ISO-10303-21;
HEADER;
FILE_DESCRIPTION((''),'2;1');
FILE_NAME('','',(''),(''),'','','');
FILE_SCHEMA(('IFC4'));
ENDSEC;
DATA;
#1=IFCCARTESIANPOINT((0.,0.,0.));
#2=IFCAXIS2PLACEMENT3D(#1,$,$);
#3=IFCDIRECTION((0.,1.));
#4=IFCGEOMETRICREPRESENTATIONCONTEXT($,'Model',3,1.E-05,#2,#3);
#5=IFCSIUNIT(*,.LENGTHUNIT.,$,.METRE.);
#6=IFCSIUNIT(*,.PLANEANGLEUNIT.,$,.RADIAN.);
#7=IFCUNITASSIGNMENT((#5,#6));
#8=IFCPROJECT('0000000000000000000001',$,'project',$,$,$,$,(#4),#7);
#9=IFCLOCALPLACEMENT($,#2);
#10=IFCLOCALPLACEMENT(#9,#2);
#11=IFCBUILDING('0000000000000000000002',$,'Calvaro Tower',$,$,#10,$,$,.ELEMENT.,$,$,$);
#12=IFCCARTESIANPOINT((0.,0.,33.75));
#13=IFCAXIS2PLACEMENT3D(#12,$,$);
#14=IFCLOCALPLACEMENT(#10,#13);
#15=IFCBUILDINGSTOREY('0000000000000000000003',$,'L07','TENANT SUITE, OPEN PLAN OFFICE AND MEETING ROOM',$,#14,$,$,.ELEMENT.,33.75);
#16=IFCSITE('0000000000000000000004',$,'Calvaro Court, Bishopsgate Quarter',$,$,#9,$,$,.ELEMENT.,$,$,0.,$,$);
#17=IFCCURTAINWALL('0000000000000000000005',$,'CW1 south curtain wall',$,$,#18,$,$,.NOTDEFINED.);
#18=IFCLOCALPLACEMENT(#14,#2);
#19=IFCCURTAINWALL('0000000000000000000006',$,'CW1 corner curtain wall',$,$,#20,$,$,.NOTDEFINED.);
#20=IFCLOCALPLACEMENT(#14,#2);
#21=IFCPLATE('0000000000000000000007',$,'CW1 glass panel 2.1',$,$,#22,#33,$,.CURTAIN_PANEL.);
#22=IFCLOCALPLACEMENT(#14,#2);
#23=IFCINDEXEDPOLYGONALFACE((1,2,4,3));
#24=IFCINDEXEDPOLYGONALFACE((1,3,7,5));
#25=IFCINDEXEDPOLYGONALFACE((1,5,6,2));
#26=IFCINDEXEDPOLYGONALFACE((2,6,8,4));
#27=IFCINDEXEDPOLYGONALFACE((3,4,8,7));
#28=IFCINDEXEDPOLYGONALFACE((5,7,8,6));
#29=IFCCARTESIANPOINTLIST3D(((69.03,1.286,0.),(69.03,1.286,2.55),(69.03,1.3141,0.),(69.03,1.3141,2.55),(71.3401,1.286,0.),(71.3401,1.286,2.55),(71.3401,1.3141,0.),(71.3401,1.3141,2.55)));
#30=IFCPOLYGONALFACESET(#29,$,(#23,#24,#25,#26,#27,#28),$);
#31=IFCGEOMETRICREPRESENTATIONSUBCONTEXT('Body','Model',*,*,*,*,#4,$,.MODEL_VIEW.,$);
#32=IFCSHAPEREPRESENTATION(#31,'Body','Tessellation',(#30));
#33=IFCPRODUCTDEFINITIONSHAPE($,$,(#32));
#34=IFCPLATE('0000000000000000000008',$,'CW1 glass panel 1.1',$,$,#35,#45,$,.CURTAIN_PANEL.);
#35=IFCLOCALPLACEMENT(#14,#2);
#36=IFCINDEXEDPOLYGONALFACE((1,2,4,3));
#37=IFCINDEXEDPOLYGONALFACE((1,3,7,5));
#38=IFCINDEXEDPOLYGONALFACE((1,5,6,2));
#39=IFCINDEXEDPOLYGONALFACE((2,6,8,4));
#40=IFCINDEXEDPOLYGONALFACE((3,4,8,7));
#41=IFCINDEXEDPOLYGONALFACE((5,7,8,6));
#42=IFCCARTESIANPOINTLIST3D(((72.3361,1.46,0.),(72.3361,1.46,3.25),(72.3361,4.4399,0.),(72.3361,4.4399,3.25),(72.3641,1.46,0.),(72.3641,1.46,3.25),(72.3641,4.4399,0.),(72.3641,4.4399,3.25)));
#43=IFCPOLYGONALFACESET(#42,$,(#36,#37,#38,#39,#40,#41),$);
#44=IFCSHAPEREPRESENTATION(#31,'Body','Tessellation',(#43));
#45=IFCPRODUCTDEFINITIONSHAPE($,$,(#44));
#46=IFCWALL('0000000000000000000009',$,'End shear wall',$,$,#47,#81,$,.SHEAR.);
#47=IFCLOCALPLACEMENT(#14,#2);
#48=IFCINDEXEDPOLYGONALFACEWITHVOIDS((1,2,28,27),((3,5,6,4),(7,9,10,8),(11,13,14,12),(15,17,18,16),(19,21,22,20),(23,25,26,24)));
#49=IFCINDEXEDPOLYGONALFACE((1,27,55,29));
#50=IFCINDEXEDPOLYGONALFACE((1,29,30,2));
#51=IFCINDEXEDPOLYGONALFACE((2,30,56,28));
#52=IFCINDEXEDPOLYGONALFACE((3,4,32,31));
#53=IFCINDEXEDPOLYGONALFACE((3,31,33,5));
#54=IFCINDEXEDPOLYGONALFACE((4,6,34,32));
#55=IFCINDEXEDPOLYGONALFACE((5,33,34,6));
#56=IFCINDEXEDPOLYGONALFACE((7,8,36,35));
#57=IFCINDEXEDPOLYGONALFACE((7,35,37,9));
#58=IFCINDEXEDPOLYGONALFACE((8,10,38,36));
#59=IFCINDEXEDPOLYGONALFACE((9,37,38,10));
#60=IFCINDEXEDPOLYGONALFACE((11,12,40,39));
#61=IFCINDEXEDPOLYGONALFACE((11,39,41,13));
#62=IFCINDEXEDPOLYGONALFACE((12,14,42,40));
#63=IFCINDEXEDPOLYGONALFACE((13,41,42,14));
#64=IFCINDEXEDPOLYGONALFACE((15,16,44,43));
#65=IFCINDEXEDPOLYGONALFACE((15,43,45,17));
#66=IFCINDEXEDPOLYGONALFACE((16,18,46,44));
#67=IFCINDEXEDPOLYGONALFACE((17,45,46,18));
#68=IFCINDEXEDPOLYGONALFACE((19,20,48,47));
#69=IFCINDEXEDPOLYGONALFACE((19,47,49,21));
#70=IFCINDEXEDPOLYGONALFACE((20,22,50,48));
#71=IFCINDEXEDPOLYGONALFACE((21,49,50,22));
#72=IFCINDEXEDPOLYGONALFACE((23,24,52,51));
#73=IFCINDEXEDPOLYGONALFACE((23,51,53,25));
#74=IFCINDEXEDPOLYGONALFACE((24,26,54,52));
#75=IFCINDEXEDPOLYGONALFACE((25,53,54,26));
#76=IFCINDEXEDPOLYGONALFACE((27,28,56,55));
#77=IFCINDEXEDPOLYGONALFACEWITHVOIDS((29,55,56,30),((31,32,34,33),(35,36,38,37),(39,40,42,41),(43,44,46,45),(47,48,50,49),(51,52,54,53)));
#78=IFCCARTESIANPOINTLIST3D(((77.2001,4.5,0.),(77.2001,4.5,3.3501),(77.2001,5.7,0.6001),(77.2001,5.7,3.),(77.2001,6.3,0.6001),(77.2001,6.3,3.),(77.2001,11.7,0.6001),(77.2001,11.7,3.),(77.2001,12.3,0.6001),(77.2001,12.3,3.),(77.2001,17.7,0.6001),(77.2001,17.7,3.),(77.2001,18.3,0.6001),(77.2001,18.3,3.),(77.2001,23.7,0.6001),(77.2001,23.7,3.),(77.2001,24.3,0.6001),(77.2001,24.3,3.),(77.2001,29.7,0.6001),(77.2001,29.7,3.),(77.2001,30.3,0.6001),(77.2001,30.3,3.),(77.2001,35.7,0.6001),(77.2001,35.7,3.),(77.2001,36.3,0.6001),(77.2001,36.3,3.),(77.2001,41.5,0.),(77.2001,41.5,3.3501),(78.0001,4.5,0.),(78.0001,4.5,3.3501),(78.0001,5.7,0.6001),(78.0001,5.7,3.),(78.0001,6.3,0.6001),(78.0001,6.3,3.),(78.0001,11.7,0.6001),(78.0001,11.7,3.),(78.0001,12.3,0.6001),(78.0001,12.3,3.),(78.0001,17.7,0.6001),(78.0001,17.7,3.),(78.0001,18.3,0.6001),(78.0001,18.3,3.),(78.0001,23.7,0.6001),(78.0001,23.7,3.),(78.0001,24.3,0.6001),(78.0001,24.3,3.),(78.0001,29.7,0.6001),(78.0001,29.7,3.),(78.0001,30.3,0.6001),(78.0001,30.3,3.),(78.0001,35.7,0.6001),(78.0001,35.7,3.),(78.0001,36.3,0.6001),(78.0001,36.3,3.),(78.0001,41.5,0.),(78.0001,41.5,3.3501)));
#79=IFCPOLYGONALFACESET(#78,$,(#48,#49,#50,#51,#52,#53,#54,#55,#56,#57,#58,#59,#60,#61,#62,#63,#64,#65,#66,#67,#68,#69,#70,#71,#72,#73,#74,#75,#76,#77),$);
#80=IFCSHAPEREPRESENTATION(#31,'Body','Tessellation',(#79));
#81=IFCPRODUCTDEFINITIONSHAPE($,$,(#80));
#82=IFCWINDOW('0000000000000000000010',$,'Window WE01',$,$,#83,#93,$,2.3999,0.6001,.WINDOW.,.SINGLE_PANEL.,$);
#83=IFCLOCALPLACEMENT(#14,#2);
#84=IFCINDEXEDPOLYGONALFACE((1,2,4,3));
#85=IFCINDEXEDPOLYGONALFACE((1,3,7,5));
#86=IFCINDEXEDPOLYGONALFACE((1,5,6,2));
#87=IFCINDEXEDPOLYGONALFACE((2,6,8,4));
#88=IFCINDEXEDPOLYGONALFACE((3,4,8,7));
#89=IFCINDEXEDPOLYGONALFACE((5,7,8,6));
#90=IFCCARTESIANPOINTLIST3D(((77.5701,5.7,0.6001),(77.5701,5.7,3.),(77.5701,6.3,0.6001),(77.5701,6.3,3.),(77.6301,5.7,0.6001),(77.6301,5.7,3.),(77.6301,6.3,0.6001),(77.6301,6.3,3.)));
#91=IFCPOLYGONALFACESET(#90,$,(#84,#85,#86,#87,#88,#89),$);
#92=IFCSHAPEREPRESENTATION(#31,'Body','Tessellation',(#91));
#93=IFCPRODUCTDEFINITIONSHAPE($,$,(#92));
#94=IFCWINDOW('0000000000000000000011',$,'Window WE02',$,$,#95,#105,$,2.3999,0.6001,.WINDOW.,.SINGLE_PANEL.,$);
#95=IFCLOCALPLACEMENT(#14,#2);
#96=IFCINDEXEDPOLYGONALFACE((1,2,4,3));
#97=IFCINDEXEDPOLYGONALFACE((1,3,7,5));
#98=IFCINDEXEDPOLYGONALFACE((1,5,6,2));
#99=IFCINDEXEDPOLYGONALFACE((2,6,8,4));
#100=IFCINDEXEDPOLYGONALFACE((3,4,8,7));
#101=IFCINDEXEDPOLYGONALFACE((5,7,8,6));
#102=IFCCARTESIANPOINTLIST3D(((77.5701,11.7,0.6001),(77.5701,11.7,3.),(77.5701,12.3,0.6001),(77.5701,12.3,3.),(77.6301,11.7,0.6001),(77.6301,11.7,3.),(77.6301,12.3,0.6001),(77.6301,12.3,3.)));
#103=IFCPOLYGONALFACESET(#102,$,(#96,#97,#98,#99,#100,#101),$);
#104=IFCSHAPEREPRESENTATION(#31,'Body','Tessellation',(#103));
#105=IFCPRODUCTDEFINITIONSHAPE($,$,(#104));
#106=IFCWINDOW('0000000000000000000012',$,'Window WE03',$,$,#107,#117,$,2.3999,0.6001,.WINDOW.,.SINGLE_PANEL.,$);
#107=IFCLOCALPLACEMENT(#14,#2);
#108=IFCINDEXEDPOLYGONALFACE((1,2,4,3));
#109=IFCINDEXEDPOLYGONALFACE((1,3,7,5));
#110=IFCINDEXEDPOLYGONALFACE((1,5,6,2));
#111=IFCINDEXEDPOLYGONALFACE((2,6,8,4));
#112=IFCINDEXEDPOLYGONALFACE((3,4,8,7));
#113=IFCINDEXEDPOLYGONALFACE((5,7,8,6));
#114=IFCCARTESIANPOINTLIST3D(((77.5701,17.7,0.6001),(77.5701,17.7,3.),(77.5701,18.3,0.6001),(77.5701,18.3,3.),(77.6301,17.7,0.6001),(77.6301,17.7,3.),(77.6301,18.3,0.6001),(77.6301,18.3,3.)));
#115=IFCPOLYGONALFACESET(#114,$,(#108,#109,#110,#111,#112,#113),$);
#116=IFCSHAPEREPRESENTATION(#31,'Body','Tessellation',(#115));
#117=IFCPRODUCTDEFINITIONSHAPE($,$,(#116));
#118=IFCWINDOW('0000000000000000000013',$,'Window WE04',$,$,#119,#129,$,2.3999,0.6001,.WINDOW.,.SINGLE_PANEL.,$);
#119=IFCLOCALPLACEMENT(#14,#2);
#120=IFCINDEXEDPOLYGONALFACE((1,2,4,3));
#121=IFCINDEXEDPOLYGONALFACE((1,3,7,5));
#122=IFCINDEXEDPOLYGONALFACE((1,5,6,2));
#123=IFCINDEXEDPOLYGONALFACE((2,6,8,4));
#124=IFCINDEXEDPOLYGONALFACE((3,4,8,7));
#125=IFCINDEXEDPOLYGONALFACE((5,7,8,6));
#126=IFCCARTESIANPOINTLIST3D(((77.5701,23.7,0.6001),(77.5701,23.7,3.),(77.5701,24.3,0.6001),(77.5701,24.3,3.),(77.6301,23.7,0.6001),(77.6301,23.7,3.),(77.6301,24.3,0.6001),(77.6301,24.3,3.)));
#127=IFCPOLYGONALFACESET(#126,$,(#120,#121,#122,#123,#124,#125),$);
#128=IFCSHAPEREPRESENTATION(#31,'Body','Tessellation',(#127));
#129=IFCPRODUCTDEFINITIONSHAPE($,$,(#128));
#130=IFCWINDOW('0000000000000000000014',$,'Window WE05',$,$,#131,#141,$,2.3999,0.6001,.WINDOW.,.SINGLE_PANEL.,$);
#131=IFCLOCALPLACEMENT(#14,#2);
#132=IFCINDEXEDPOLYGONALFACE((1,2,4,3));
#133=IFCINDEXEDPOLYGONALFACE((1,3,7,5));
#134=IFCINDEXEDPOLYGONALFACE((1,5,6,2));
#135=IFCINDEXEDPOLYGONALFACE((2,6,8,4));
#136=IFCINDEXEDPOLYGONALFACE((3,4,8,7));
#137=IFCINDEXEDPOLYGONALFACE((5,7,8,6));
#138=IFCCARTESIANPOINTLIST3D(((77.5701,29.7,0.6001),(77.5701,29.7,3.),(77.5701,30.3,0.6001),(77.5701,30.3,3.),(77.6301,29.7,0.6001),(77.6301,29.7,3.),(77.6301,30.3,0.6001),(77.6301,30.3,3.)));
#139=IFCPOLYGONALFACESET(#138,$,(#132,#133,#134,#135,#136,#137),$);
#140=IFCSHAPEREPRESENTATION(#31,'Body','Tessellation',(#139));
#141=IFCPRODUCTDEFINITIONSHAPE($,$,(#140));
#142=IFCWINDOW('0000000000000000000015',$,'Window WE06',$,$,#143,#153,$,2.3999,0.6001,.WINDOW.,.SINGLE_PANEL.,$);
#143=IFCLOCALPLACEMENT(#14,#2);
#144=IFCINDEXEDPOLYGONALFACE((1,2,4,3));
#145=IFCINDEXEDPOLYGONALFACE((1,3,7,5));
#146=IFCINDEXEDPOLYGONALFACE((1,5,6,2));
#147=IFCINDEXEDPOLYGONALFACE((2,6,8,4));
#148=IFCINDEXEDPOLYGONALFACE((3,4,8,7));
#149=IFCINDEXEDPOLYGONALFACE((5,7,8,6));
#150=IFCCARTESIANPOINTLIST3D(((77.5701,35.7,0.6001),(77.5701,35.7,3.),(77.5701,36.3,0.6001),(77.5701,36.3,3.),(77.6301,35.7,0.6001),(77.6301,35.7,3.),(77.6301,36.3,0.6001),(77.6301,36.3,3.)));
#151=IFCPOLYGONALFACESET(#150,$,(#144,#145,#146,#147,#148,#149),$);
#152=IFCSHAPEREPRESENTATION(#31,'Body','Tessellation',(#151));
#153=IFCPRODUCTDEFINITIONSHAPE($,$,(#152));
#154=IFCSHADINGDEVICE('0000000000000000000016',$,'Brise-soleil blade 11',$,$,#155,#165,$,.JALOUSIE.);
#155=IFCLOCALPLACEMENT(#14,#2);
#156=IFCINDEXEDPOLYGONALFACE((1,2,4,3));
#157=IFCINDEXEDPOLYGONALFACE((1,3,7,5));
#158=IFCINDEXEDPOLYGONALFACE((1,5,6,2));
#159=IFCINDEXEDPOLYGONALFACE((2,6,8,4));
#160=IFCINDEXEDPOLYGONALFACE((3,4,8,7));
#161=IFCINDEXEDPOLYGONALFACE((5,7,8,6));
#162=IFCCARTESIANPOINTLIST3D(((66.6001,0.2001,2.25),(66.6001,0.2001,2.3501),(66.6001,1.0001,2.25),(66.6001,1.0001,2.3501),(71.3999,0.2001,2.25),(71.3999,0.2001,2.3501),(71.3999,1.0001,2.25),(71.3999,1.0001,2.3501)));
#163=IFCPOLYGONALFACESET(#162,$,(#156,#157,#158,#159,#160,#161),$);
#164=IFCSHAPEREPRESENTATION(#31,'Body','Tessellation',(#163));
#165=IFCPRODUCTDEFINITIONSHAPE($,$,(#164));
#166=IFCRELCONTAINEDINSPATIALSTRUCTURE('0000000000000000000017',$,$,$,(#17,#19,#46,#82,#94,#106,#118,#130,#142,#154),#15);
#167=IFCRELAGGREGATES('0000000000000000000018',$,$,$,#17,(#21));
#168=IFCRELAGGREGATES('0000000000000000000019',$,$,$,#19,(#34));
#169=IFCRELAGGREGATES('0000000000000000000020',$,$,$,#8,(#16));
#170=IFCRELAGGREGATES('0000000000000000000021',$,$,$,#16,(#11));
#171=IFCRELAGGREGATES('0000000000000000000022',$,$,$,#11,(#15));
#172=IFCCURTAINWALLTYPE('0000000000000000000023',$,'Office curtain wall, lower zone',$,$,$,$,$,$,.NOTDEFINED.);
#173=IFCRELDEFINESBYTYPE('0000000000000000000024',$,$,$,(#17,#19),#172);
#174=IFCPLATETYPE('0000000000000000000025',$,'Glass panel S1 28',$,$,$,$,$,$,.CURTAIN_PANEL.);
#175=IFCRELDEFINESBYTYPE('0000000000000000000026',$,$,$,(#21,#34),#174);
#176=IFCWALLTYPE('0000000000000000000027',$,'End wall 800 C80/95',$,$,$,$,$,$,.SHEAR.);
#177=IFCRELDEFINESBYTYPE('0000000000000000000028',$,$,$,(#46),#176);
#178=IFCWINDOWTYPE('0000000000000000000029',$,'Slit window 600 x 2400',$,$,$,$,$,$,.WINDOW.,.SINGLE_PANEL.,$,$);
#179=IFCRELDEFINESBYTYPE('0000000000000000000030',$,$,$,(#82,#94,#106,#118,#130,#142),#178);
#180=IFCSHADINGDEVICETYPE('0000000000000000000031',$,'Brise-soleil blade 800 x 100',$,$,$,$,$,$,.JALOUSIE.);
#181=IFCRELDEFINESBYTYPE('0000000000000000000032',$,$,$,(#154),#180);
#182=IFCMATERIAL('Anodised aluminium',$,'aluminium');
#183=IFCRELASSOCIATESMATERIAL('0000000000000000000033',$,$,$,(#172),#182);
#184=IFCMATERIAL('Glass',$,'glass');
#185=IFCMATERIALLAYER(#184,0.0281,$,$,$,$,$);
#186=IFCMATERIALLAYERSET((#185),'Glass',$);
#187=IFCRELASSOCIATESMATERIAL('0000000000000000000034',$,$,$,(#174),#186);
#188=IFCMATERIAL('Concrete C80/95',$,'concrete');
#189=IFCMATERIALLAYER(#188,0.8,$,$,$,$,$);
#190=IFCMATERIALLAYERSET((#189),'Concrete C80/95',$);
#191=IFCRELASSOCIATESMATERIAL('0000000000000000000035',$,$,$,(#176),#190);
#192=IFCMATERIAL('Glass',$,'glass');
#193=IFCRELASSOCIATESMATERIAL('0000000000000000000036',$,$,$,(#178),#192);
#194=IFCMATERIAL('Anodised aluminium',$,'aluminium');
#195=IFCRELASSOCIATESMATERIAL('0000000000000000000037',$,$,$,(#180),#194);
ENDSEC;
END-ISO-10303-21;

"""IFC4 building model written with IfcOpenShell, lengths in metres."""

from ifc_helpers import new_model, si_unit, direction, frame, frame_2d, origin, origin_2d, place, context, subcontext, project, spatial, rectangle, extrude, material, layer, layer_set, material_profile, profile_set, type_object, element, fill, aggregate, save


model = new_model("IFC4")

# Units and contexts
model_context = context("Model", 3, precision=1e-05, world=origin(), true_north=direction((0.0, 1.0)))
body_context = subcontext(model_context, "Body", "Model", "MODEL_VIEW")
ifc_project = project(units=[si_unit("LENGTHUNIT", "METRE"), si_unit("PLANEANGLEUNIT", "RADIAN")], contexts=[model_context])

# Site, building, storey
site_placement = place(None, origin())
site = spatial("IfcSite", under=ifc_project, at=site_placement, Name="Calvaro Court, Bishopsgate Quarter", CompositionType="ELEMENT", RefElevation=0.0)
building_placement = place(site_placement, origin())
building = spatial("IfcBuilding", under=site, at=building_placement, Name="Calvaro Tower", CompositionType="ELEMENT")
storey_placement = place(building_placement, frame((0.0, 0.0, 33.75)))
storey = spatial("IfcBuildingStorey", under=building, at=storey_placement, Name="L07", Description="TENANT SUITE, OPEN PLAN OFFICE AND MEETING ROOM", CompositionType="ELEMENT", Elevation=33.75)

# Shared definitions
ifc_material_1 = material(Name="Anodised aluminium", Category="aluminium")
curtain_wall_type = type_object("IfcCurtainWallType", Name="Office curtain wall, lower zone", PredefinedType="NOTDEFINED", material=ifc_material_1)

# Curtain walls
curtain_wall_1_placement = place(storey_placement, origin())
curtain_wall_1 = element("IfcCurtainWall", 1, at=curtain_wall_1_placement, inside=storey, type_object=curtain_wall_type, Name="CW1 south curtain wall", PredefinedType="NOTDEFINED")
curtain_wall_2_placement = place(storey_placement, origin())
curtain_wall_2 = element("IfcCurtainWall", 2, at=curtain_wall_2_placement, inside=storey, type_object=curtain_wall_type, Name="CW1 corner curtain wall", PredefinedType="NOTDEFINED")

# Plates
ifc_material_2 = material(Name="Glass", Category="glass")
ifc_layer_1 = layer(ifc_material_2, 0.0281)
ifc_layer_set_1 = layer_set([ifc_layer_1], Name="Glass")
plate_type = type_object("IfcPlateType", Name="Glass panel S1 28", PredefinedType="CURTAIN_PANEL", material=ifc_layer_set_1)
plate_1_placement = place(storey_placement, frame((70.1851, 1.3, 0.0), z_axis=(0.0, 0.0, 1.0), x_axis=(1.0, 0.0, 0.0)))
plate_1 = element("IfcPlate", 3, at=plate_1_placement, type_object=plate_type, Name="CW1 glass panel 2.1", PredefinedType="CURTAIN_PANEL", context=body_context, shape_type="SweptSolid", body=[
    extrude(rectangle(XDim=2.3101, YDim=0.0281, at=origin_2d()), origin(), (0.0, 0.0, 1.0), 2.55),
])
aggregate(curtain_wall_1, [plate_1])
plate_2_placement = place(storey_placement, frame((72.3501, 2.95, 0.0), z_axis=(0.0, 0.0, 1.0), x_axis=(0.0, 1.0, 0.0)))
plate_2 = element("IfcPlate", 4, at=plate_2_placement, type_object=plate_type, Name="CW1 glass panel 1.1", PredefinedType="CURTAIN_PANEL", context=body_context, shape_type="SweptSolid", body=[
    extrude(rectangle(XDim=2.98, YDim=0.0281, at=origin_2d()), origin(), (0.0, 0.0, 1.0), 3.25),
])
aggregate(curtain_wall_2, [plate_2])

# Wall, openings, windows
ifc_material_3 = material(Name="Concrete C80/95", Category="concrete")
ifc_layer_2 = layer(ifc_material_3, 0.8)
ifc_layer_set_2 = layer_set([ifc_layer_2], Name="Concrete C80/95")
wall_type = type_object("IfcWallType", Name="End wall 800 C80/95", PredefinedType="SHEAR", material=ifc_layer_set_2)
wall_placement = place(storey_placement, frame((77.6001, 4.5, 0.0), z_axis=(0.0, 0.0, 1.0), x_axis=(0.0, 1.0, 0.0)))
wall = element("IfcWall", 5, at=wall_placement, inside=storey, type_object=wall_type, Name="End shear wall", PredefinedType="SHEAR", context=body_context, shape_type="SweptSolid", body=[
    extrude(rectangle(XDim=37.0, YDim=0.8, at=frame_2d((18.5, 0.0))), origin(), (0.0, 0.0, 1.0), 3.3501),
])
opening_1_placement = place(wall_placement, frame((1.2, 0.0, 0.6001)))
opening_1 = element("IfcOpeningElement", 6, at=opening_1_placement, cuts=wall, PredefinedType="OPENING", context=body_context, shape_type="SweptSolid", body=[
    extrude(rectangle(XDim=0.6001, YDim=2.3999, at=frame_2d((0.3, 1.2))), frame((0.0, 0.4099, 0.0), z_axis=(0.0, -1.0, 0.0), x_axis=(1.0, 0.0, 0.0)), (0.0, 0.0, 1.0), 0.8201),
])
opening_2_placement = place(wall_placement, frame((7.2, 0.0, 0.6001)))
opening_2 = element("IfcOpeningElement", 7, at=opening_2_placement, cuts=wall, PredefinedType="OPENING", context=body_context, shape_type="SweptSolid", body=[
    extrude(rectangle(XDim=0.6001, YDim=2.3999, at=frame_2d((0.3, 1.2))), frame((0.0, 0.4099, 0.0), z_axis=(0.0, -1.0, 0.0), x_axis=(1.0, 0.0, 0.0)), (0.0, 0.0, 1.0), 0.8201),
])
opening_3_placement = place(wall_placement, frame((13.2, 0.0, 0.6001)))
opening_3 = element("IfcOpeningElement", 8, at=opening_3_placement, cuts=wall, PredefinedType="OPENING", context=body_context, shape_type="SweptSolid", body=[
    extrude(rectangle(XDim=0.6001, YDim=2.3999, at=frame_2d((0.3, 1.2))), frame((0.0, 0.4099, 0.0), z_axis=(0.0, -1.0, 0.0), x_axis=(1.0, 0.0, 0.0)), (0.0, 0.0, 1.0), 0.8201),
])
opening_4_placement = place(wall_placement, frame((19.2, 0.0, 0.6001)))
opening_4 = element("IfcOpeningElement", 9, at=opening_4_placement, cuts=wall, PredefinedType="OPENING", context=body_context, shape_type="SweptSolid", body=[
    extrude(rectangle(XDim=0.6001, YDim=2.3999, at=frame_2d((0.3, 1.2))), frame((0.0, 0.4099, 0.0), z_axis=(0.0, -1.0, 0.0), x_axis=(1.0, 0.0, 0.0)), (0.0, 0.0, 1.0), 0.8201),
])
opening_5_placement = place(wall_placement, frame((25.2, 0.0, 0.6001)))
opening_5 = element("IfcOpeningElement", 10, at=opening_5_placement, cuts=wall, PredefinedType="OPENING", context=body_context, shape_type="SweptSolid", body=[
    extrude(rectangle(XDim=0.6001, YDim=2.3999, at=frame_2d((0.3, 1.2))), frame((0.0, 0.4099, 0.0), z_axis=(0.0, -1.0, 0.0), x_axis=(1.0, 0.0, 0.0)), (0.0, 0.0, 1.0), 0.8201),
])
opening_6_placement = place(wall_placement, frame((31.2, 0.0, 0.6001)))
opening_6 = element("IfcOpeningElement", 11, at=opening_6_placement, cuts=wall, PredefinedType="OPENING", context=body_context, shape_type="SweptSolid", body=[
    extrude(rectangle(XDim=0.6001, YDim=2.3999, at=frame_2d((0.3, 1.2))), frame((0.0, 0.4099, 0.0), z_axis=(0.0, -1.0, 0.0), x_axis=(1.0, 0.0, 0.0)), (0.0, 0.0, 1.0), 0.8201),
])
ifc_material_4 = material(Name="Glass", Category="glass")
window_type = type_object("IfcWindowType", Name="Slit window 600 x 2400", PartitioningType="SINGLE_PANEL", PredefinedType="WINDOW", material=ifc_material_4)
window_1_placement = place(opening_1_placement, origin())
window_1 = element("IfcWindow", 12, at=window_1_placement, inside=storey, type_object=window_type, Name="Window WE01", OverallHeight=2.3999, OverallWidth=0.6001, PartitioningType="SINGLE_PANEL", PredefinedType="WINDOW", context=body_context, shape_type="SweptSolid", body=[
    extrude(rectangle(XDim=0.6001, YDim=2.3999, at=frame_2d((0.3, 1.2))), frame((0.0, 0.03, 0.0), z_axis=(0.0, -1.0, 0.0), x_axis=(1.0, 0.0, 0.0)), (0.0, 0.0, 1.0), 0.0601),
])
fill(opening_1, window_1)
window_2_placement = place(opening_2_placement, origin())
window_2 = element("IfcWindow", 13, at=window_2_placement, inside=storey, type_object=window_type, Name="Window WE02", OverallHeight=2.3999, OverallWidth=0.6001, PartitioningType="SINGLE_PANEL", PredefinedType="WINDOW", context=body_context, shape_type="SweptSolid", body=[
    extrude(rectangle(XDim=0.6001, YDim=2.3999, at=frame_2d((0.3, 1.2))), frame((0.0, 0.03, 0.0), z_axis=(0.0, -1.0, 0.0), x_axis=(1.0, 0.0, 0.0)), (0.0, 0.0, 1.0), 0.0601),
])
fill(opening_2, window_2)
window_3_placement = place(opening_3_placement, origin())
window_3 = element("IfcWindow", 14, at=window_3_placement, inside=storey, type_object=window_type, Name="Window WE03", OverallHeight=2.3999, OverallWidth=0.6001, PartitioningType="SINGLE_PANEL", PredefinedType="WINDOW", context=body_context, shape_type="SweptSolid", body=[
    extrude(rectangle(XDim=0.6001, YDim=2.3999, at=frame_2d((0.3, 1.2))), frame((0.0, 0.03, 0.0), z_axis=(0.0, -1.0, 0.0), x_axis=(1.0, 0.0, 0.0)), (0.0, 0.0, 1.0), 0.0601),
])
fill(opening_3, window_3)
window_4_placement = place(opening_4_placement, origin())
window_4 = element("IfcWindow", 15, at=window_4_placement, inside=storey, type_object=window_type, Name="Window WE04", OverallHeight=2.3999, OverallWidth=0.6001, PartitioningType="SINGLE_PANEL", PredefinedType="WINDOW", context=body_context, shape_type="SweptSolid", body=[
    extrude(rectangle(XDim=0.6001, YDim=2.3999, at=frame_2d((0.3, 1.2))), frame((0.0, 0.03, 0.0), z_axis=(0.0, -1.0, 0.0), x_axis=(1.0, 0.0, 0.0)), (0.0, 0.0, 1.0), 0.0601),
])
fill(opening_4, window_4)
window_5_placement = place(opening_5_placement, origin())
window_5 = element("IfcWindow", 16, at=window_5_placement, inside=storey, type_object=window_type, Name="Window WE05", OverallHeight=2.3999, OverallWidth=0.6001, PartitioningType="SINGLE_PANEL", PredefinedType="WINDOW", context=body_context, shape_type="SweptSolid", body=[
    extrude(rectangle(XDim=0.6001, YDim=2.3999, at=frame_2d((0.3, 1.2))), frame((0.0, 0.03, 0.0), z_axis=(0.0, -1.0, 0.0), x_axis=(1.0, 0.0, 0.0)), (0.0, 0.0, 1.0), 0.0601),
])
fill(opening_5, window_5)
window_6_placement = place(opening_6_placement, origin())
window_6 = element("IfcWindow", 17, at=window_6_placement, inside=storey, type_object=window_type, Name="Window WE06", OverallHeight=2.3999, OverallWidth=0.6001, PartitioningType="SINGLE_PANEL", PredefinedType="WINDOW", context=body_context, shape_type="SweptSolid", body=[
    extrude(rectangle(XDim=0.6001, YDim=2.3999, at=frame_2d((0.3, 1.2))), frame((0.0, 0.03, 0.0), z_axis=(0.0, -1.0, 0.0), x_axis=(1.0, 0.0, 0.0)), (0.0, 0.0, 1.0), 0.0601),
])
fill(opening_6, window_6)

# Shading device
ifc_material_5 = material(Name="Anodised aluminium", Category="aluminium")
ifc_material_profile_1 = material_profile(ifc_material_5, rectangle(XDim=0.8, YDim=0.1001, at=origin_2d()), Name="Brise-soleil blade 800 x 100")
ifc_profile_set_1 = profile_set([ifc_material_profile_1], Name="Anodised aluminium")
shading_device_type = type_object("IfcShadingDeviceType", Name="Brise-soleil blade 800 x 100", PredefinedType="JALOUSIE", material=ifc_profile_set_1)
shading_device_placement = place(storey_placement, frame((66.6001, 0.6001, 2.3), z_axis=(1.0, 0.0, 0.0), x_axis=(0.0, 1.0, 0.0)))
element("IfcShadingDevice", 18, at=shading_device_placement, inside=storey, type_object=shading_device_type, Name="Brise-soleil blade 11", PredefinedType="JALOUSIE", context=body_context, shape_type="SweptSolid", body=[
    extrude(rectangle(XDim=0.8, YDim=0.1001, at=origin_2d()), origin(), (0.0, 0.0, 1.0), 4.7998),
])

save(model, "model.ifc")
